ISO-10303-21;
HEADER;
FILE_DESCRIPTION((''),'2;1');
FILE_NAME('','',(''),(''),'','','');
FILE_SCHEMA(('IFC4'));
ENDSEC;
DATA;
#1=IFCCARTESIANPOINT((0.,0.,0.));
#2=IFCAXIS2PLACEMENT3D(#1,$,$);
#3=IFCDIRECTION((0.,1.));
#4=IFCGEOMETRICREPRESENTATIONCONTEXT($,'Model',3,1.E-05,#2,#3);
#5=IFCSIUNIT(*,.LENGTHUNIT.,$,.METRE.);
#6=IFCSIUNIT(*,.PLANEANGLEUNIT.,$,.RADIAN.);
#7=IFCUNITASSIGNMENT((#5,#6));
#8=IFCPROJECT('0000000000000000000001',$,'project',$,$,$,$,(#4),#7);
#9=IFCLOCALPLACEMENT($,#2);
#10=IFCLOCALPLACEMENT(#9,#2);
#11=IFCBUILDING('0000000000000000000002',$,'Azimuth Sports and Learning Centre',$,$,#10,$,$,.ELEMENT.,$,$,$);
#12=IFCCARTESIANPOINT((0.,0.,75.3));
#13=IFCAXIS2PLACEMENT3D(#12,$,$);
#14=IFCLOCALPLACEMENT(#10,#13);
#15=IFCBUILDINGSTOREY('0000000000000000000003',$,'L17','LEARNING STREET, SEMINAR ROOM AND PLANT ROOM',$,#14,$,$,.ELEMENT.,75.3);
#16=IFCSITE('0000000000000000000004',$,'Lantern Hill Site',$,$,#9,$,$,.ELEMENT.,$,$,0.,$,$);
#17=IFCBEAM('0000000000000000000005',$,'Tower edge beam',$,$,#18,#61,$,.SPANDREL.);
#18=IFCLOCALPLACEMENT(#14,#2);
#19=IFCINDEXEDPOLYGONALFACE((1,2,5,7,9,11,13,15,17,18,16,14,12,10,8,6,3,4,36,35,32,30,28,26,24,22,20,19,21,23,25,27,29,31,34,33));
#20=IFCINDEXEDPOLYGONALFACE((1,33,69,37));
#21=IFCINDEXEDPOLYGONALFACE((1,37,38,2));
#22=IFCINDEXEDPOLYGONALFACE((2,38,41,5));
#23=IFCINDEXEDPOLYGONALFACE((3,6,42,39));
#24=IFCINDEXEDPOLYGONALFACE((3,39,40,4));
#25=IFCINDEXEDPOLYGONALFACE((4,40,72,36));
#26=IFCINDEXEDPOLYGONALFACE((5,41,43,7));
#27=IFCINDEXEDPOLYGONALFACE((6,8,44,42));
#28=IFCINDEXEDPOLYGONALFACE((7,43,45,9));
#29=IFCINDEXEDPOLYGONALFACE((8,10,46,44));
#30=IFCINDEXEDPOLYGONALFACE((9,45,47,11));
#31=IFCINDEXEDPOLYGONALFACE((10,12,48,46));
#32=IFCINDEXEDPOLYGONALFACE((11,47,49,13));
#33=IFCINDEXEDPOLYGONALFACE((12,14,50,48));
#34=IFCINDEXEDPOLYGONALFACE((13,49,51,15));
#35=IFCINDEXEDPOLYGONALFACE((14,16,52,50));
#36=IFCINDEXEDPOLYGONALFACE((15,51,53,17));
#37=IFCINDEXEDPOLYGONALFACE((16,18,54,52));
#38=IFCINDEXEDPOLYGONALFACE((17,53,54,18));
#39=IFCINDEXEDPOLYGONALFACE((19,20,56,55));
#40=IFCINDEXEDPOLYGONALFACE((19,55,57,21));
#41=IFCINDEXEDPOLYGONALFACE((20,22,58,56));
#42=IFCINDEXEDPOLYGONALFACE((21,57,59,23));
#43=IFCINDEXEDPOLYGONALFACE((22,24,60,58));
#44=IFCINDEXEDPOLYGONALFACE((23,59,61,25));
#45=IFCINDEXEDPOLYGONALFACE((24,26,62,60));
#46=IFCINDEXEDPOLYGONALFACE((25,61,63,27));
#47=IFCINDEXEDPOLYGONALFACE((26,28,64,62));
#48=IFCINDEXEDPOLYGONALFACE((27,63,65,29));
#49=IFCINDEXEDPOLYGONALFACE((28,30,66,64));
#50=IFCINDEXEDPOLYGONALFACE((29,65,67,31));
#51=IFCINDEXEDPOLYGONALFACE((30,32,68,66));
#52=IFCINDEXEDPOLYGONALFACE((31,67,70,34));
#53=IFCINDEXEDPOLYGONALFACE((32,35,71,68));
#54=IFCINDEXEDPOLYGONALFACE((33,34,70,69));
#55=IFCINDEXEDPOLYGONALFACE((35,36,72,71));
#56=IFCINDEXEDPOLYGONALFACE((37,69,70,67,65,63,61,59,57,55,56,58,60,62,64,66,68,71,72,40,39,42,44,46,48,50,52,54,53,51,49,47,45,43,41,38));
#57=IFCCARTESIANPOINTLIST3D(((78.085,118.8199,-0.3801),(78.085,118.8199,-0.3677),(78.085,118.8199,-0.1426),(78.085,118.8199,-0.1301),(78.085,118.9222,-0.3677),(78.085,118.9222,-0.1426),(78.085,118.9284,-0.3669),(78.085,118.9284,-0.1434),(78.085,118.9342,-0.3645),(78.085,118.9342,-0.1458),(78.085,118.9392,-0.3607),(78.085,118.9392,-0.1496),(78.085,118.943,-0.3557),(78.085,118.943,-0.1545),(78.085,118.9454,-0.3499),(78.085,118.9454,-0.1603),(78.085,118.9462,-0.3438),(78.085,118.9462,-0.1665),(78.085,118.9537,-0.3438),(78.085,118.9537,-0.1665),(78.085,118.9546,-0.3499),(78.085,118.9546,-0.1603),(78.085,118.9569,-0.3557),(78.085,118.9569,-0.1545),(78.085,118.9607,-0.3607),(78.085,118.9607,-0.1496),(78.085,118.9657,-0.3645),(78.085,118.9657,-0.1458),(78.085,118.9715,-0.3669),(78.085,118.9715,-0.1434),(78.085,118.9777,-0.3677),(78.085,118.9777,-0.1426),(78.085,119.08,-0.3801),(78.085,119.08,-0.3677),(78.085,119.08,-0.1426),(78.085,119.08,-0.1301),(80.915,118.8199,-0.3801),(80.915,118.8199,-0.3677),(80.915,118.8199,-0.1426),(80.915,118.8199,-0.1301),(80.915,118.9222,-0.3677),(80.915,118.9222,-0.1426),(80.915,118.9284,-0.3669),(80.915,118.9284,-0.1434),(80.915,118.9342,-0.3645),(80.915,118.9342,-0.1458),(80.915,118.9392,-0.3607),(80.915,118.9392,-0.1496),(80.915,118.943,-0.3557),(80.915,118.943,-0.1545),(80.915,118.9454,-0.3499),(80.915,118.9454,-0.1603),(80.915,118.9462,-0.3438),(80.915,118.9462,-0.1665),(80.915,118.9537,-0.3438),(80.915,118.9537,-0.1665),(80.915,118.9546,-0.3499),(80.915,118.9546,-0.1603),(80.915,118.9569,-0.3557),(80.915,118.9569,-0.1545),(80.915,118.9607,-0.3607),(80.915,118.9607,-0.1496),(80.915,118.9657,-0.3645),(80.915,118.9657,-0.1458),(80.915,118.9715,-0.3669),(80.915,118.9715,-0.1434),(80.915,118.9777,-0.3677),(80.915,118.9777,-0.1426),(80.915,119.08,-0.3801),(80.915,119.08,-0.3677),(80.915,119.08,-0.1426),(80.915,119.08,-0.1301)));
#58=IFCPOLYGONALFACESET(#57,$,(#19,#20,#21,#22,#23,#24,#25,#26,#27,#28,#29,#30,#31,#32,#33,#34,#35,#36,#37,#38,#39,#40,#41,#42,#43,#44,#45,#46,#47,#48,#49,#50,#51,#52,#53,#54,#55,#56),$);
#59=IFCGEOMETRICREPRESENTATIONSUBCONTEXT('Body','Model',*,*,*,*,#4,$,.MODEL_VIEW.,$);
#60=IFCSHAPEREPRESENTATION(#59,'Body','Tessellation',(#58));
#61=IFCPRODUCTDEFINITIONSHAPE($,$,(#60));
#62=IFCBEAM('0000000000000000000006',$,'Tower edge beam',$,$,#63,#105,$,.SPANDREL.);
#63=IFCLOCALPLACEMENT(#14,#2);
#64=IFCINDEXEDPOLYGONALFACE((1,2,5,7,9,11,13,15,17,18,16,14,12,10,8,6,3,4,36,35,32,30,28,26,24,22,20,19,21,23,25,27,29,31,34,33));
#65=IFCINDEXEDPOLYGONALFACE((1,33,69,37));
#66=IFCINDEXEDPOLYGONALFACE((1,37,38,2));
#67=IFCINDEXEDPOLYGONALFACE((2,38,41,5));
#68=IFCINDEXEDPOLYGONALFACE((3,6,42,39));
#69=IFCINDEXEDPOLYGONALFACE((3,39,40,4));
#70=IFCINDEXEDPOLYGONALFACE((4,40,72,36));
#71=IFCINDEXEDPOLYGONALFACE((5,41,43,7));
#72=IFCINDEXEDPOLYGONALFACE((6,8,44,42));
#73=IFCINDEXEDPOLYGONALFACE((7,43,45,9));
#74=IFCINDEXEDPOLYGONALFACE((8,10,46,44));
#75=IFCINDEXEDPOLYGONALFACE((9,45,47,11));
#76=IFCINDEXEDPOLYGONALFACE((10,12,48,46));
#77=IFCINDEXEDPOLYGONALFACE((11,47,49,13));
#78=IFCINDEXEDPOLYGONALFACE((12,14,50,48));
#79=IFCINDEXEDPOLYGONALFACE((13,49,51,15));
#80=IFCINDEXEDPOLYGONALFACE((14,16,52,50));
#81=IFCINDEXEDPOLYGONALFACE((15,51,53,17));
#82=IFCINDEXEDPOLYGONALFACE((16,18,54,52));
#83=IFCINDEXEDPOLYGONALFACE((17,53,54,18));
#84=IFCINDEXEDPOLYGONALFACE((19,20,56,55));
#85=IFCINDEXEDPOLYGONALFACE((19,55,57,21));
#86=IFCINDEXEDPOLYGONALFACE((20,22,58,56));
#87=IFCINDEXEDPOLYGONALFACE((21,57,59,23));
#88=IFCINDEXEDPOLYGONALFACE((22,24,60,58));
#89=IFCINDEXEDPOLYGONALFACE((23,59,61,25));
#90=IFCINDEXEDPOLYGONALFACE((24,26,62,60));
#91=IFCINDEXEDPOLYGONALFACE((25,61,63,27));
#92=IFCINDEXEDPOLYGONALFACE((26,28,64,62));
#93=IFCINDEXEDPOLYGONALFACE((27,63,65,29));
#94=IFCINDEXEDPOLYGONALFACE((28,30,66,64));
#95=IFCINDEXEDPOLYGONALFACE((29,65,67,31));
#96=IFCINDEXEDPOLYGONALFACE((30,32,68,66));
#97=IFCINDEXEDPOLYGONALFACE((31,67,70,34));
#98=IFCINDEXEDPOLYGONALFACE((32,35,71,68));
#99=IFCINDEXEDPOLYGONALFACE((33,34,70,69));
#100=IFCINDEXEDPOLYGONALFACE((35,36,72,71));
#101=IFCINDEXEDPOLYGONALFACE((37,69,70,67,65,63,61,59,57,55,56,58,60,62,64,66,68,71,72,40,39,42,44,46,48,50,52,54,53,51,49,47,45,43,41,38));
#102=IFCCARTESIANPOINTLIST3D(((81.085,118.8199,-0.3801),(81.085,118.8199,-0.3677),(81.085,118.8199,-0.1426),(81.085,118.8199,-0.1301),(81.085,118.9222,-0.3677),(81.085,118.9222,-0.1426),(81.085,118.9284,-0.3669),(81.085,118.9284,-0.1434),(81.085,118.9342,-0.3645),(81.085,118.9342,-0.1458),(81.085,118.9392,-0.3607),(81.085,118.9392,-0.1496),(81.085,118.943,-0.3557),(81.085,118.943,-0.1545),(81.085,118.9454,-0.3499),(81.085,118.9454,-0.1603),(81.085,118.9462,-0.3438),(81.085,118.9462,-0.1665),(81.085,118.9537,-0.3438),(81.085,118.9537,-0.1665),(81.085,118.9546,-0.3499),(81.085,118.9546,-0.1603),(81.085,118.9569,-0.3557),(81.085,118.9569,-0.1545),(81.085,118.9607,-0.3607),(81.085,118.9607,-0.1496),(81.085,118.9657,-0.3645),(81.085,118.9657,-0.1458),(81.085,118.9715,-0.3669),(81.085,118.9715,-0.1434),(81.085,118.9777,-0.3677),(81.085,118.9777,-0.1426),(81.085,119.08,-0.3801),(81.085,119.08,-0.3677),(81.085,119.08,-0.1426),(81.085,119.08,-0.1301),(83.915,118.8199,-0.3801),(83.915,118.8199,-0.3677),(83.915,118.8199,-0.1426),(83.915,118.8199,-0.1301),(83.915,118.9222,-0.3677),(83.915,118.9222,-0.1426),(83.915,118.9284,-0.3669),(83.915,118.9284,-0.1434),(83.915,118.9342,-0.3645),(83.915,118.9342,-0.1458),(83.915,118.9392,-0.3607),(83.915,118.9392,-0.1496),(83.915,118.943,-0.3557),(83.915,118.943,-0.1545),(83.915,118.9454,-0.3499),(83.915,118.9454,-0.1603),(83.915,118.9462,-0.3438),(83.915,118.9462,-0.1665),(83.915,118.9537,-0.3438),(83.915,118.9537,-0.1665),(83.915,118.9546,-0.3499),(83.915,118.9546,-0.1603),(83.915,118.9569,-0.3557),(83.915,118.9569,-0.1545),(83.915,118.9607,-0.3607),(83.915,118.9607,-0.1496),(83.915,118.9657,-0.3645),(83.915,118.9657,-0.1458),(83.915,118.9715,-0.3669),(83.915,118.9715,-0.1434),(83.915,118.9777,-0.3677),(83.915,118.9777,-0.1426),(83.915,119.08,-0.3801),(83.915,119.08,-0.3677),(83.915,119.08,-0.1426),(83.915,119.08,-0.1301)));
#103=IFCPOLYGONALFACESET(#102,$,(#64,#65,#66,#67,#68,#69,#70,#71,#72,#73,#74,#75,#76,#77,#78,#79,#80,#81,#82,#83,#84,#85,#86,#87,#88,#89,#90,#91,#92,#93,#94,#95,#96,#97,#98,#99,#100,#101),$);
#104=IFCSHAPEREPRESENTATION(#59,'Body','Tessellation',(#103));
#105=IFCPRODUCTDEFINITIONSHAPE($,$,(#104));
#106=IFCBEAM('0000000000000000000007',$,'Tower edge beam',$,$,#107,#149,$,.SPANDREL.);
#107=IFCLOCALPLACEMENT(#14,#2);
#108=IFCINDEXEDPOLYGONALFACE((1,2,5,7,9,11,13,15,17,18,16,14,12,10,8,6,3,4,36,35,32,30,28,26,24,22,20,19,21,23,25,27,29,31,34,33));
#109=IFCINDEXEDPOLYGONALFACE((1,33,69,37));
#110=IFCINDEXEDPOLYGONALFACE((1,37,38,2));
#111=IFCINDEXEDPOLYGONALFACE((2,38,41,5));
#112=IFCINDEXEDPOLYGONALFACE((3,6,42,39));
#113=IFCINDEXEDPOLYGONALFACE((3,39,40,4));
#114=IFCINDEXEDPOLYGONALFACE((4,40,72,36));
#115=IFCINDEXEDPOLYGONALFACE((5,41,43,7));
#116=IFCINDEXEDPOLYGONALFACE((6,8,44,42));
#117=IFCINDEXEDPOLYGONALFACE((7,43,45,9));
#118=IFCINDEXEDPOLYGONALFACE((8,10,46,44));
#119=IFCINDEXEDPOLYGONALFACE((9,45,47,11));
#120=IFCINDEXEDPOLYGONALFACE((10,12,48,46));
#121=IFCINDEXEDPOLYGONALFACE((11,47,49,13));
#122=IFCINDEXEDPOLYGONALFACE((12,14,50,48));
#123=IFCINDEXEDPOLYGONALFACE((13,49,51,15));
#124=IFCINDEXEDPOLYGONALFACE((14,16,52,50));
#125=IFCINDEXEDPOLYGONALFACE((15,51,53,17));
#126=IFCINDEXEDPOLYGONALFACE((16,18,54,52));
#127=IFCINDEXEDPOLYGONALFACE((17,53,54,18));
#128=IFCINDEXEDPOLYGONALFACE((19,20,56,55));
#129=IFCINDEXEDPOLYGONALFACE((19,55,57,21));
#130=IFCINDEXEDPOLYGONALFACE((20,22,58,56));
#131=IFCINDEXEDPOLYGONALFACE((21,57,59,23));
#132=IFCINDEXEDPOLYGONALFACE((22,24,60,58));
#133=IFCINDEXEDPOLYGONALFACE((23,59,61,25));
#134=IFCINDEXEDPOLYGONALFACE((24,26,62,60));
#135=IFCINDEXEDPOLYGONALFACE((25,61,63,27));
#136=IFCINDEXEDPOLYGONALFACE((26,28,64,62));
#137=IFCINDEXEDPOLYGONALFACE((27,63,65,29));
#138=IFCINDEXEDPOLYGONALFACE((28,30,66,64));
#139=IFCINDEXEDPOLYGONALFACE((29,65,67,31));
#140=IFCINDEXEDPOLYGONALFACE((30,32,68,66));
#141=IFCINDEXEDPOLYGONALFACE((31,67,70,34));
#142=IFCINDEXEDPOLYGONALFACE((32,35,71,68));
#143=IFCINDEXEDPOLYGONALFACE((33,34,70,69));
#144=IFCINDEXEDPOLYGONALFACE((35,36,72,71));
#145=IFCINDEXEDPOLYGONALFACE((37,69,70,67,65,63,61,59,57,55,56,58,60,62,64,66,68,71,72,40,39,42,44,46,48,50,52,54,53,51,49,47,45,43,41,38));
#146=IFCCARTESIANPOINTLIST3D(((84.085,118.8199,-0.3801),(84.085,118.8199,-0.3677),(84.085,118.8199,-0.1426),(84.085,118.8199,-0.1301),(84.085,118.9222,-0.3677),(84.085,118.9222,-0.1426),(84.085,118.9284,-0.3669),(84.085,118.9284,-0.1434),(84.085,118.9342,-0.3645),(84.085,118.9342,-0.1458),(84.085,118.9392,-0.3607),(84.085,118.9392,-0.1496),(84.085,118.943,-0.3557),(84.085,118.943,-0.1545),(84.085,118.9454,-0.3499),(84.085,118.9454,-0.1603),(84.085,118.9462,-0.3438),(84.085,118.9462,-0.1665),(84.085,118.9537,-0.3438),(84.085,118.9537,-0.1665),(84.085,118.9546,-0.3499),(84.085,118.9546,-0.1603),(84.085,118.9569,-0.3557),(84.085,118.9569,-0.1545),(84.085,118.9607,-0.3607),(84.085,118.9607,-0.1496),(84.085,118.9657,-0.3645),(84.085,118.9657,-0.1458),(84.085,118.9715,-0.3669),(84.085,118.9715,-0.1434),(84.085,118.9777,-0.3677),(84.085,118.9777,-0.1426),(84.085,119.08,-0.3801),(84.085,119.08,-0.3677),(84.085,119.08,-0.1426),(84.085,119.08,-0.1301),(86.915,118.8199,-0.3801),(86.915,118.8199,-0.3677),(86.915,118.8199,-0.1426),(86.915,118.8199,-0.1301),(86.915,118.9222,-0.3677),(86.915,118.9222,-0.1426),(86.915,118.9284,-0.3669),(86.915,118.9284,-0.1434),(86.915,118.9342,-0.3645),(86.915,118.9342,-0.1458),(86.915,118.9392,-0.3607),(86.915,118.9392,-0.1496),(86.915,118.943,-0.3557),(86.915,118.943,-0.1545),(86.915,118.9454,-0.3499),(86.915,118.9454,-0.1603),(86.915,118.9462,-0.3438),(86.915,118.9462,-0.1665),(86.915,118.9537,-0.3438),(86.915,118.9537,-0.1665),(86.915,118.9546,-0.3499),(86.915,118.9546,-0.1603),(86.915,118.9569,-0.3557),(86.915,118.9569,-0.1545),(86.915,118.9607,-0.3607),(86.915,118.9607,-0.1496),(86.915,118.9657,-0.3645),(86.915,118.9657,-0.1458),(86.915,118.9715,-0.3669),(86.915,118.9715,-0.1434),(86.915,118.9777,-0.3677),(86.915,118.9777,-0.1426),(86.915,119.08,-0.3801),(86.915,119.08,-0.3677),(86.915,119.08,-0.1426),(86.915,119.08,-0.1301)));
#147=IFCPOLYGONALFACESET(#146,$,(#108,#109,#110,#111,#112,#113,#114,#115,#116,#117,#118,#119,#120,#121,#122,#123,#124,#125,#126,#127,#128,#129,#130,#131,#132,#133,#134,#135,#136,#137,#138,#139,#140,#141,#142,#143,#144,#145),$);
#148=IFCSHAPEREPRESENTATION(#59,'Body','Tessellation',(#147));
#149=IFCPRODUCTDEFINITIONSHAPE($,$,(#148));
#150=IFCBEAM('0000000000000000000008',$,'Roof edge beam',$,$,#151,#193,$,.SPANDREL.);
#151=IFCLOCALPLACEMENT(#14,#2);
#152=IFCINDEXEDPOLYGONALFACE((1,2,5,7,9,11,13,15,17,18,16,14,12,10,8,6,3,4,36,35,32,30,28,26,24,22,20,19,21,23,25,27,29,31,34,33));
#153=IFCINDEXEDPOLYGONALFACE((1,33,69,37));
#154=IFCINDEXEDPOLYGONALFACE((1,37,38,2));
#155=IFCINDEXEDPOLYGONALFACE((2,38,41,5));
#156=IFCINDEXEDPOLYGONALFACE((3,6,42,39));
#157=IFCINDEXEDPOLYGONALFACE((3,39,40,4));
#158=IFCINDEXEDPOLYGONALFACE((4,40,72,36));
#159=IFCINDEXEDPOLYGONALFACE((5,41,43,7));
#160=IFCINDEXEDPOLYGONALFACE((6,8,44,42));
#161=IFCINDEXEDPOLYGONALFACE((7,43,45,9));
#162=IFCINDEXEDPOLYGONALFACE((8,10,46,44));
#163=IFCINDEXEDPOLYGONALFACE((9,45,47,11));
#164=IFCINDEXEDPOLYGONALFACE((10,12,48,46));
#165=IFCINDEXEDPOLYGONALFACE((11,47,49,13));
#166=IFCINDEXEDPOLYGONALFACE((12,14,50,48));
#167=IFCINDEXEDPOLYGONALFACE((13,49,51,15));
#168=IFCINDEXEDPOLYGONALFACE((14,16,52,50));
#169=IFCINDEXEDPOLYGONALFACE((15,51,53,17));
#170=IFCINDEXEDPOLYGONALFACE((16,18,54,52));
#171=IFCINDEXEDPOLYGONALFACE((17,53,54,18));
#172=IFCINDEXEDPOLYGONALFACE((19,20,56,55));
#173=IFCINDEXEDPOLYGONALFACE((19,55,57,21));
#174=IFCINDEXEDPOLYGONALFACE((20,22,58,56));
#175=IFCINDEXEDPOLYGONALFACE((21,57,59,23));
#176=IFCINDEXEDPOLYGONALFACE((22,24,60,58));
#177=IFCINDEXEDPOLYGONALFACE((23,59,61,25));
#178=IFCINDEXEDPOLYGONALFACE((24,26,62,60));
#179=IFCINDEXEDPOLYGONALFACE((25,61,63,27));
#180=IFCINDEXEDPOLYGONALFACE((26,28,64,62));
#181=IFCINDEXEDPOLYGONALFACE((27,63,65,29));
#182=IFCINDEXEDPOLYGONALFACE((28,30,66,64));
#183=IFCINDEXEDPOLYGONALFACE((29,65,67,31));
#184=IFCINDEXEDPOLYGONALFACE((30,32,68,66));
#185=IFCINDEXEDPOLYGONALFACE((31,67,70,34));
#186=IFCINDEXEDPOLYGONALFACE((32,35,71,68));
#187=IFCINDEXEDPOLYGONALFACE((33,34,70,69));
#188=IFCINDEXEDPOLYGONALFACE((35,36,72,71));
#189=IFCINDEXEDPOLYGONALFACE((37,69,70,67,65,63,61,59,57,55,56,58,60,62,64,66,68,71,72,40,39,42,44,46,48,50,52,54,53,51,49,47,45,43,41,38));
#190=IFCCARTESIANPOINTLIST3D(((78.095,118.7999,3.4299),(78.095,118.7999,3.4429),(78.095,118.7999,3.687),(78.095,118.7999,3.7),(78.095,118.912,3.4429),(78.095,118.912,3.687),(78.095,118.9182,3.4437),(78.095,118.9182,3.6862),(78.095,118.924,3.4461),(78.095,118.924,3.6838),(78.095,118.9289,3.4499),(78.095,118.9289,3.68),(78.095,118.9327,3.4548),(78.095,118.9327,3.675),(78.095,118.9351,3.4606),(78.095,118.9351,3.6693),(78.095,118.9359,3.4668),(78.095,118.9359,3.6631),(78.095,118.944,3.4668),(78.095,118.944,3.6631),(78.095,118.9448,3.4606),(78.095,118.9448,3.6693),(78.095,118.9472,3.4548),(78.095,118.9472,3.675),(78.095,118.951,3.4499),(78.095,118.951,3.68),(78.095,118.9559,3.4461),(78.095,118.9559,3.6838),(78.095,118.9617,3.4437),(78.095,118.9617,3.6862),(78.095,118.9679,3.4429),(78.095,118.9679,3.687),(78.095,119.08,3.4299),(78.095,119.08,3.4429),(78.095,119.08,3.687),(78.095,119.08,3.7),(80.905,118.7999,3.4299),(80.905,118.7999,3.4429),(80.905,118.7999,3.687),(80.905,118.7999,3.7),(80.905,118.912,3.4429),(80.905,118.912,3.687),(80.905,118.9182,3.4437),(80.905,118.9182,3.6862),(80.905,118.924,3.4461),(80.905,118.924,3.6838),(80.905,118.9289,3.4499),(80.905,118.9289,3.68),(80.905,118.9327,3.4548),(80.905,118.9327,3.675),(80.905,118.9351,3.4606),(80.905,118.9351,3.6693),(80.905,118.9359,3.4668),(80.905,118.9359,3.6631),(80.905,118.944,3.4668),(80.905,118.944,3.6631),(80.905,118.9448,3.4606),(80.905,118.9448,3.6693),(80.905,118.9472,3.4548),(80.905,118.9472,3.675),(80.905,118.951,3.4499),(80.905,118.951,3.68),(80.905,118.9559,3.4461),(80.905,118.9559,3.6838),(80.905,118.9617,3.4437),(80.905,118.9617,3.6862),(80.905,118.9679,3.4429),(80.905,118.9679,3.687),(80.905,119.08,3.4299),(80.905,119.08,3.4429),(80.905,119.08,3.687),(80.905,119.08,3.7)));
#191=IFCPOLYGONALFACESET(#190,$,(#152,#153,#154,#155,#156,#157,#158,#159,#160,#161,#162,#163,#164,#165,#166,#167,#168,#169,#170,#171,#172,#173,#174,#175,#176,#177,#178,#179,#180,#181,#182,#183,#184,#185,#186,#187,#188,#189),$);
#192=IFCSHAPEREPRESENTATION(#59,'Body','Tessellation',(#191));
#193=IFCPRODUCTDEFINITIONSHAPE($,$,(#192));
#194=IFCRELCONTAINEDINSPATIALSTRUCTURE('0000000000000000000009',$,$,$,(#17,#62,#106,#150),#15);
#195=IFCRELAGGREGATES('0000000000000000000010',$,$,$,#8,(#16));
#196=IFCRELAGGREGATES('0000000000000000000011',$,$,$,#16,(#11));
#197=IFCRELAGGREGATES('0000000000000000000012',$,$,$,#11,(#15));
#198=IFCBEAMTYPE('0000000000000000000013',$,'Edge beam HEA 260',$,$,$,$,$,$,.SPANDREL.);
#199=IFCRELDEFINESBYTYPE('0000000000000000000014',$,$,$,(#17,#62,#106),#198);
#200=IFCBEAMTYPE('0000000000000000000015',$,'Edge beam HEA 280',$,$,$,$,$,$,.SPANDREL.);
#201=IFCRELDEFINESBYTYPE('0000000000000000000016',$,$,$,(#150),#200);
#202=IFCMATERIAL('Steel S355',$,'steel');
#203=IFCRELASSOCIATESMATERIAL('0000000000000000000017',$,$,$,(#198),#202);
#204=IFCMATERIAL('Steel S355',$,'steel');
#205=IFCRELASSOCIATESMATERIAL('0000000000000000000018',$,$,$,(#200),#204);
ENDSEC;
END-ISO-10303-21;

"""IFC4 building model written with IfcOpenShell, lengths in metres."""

from ifc_helpers import new_model, si_unit, direction, frame, origin, origin_2d, place, context, subcontext, project, spatial, i_section, extrude, material, material_profile, profile_set, type_object, element, save


model = new_model("IFC4")

# Units and contexts
model_context = context("Model", 3, precision=1e-05, world=origin(), true_north=direction((0.0, 1.0)))
body_context = subcontext(model_context, "Body", "Model", "MODEL_VIEW")
ifc_project = project(units=[si_unit("LENGTHUNIT", "METRE"), si_unit("PLANEANGLEUNIT", "RADIAN")], contexts=[model_context])

# Site, building, storey
site_placement = place(None, origin())
site = spatial("IfcSite", under=ifc_project, at=site_placement, Name="Lantern Hill Site", CompositionType="ELEMENT", RefElevation=0.0)
building_placement = place(site_placement, origin())
building = spatial("IfcBuilding", under=site, at=building_placement, Name="Azimuth Sports and Learning Centre", CompositionType="ELEMENT")
storey_placement = place(building_placement, frame((0.0, 0.0, 75.3)))
storey = spatial("IfcBuildingStorey", under=building, at=storey_placement, Name="L17", Description="LEARNING STREET, SEMINAR ROOM AND PLANT ROOM", CompositionType="ELEMENT", Elevation=75.3)

# Beams
ifc_material_1 = material(Name="Steel S355", Category="steel")
ifc_material_profile_1 = material_profile(ifc_material_1, i_section(OverallWidth=0.26, OverallDepth=0.25, WebThickness=0.0076, FlangeThickness=0.0125, FilletRadius=0.0239, at=origin_2d()), Name="HEA 260")
ifc_profile_set_1 = profile_set([ifc_material_profile_1], Name="Steel S355")
beam_type_1 = type_object("IfcBeamType", Name="Edge beam HEA 260", PredefinedType="SPANDREL", material=ifc_profile_set_1)
for number, where, z_axis, x_axis, name in (
    (1, (78.085, 118.95, -0.2551), (1.0, 0.0, 0.0), (0.0, 1.0, 0.0), "Tower edge beam"),
    (2, (81.085, 118.95, -0.2551), (1.0, 0.0, 0.0), (0.0, 1.0, 0.0), "Tower edge beam"),
    (3, (84.085, 118.95, -0.2551), (1.0, 0.0, 0.0), (0.0, 1.0, 0.0), "Tower edge beam"),
):
    element("IfcBeam", number, at=place(storey_placement, frame(where, z_axis=z_axis, x_axis=x_axis)), inside=storey, type_object=beam_type_1, Name=name, PredefinedType="SPANDREL", context=body_context, shape_type="SweptSolid", body=[
        extrude(i_section(OverallWidth=0.26, OverallDepth=0.25, WebThickness=0.0076, FlangeThickness=0.0125, FilletRadius=0.0239, at=origin_2d()), origin(), (0.0, 0.0, 1.0), 2.8301),
    ])
ifc_material_2 = material(Name="Steel S355", Category="steel")
ifc_material_profile_2 = material_profile(ifc_material_2, i_section(OverallWidth=0.28, OverallDepth=0.27, WebThickness=0.0081, FlangeThickness=0.0129, FilletRadius=0.0239, at=origin_2d()), Name="HEA 280")
ifc_profile_set_2 = profile_set([ifc_material_profile_2], Name="Steel S355")
beam_type_2 = type_object("IfcBeamType", Name="Edge beam HEA 280", PredefinedType="SPANDREL", material=ifc_profile_set_2)
for number, where, z_axis, x_axis, name in (
    (4, (78.095, 118.9399, 3.5649), (1.0, 0.0, 0.0), (0.0, 1.0, 0.0), "Roof edge beam"),
):
    element("IfcBeam", number, at=place(storey_placement, frame(where, z_axis=z_axis, x_axis=x_axis)), inside=storey, type_object=beam_type_2, Name=name, PredefinedType="SPANDREL", context=body_context, shape_type="SweptSolid", body=[
        extrude(i_section(OverallWidth=0.28, OverallDepth=0.27, WebThickness=0.0081, FlangeThickness=0.0129, FilletRadius=0.0239, at=origin_2d()), origin(), (0.0, 0.0, 1.0), 2.8101),
    ])

save(model, "model.ifc")
